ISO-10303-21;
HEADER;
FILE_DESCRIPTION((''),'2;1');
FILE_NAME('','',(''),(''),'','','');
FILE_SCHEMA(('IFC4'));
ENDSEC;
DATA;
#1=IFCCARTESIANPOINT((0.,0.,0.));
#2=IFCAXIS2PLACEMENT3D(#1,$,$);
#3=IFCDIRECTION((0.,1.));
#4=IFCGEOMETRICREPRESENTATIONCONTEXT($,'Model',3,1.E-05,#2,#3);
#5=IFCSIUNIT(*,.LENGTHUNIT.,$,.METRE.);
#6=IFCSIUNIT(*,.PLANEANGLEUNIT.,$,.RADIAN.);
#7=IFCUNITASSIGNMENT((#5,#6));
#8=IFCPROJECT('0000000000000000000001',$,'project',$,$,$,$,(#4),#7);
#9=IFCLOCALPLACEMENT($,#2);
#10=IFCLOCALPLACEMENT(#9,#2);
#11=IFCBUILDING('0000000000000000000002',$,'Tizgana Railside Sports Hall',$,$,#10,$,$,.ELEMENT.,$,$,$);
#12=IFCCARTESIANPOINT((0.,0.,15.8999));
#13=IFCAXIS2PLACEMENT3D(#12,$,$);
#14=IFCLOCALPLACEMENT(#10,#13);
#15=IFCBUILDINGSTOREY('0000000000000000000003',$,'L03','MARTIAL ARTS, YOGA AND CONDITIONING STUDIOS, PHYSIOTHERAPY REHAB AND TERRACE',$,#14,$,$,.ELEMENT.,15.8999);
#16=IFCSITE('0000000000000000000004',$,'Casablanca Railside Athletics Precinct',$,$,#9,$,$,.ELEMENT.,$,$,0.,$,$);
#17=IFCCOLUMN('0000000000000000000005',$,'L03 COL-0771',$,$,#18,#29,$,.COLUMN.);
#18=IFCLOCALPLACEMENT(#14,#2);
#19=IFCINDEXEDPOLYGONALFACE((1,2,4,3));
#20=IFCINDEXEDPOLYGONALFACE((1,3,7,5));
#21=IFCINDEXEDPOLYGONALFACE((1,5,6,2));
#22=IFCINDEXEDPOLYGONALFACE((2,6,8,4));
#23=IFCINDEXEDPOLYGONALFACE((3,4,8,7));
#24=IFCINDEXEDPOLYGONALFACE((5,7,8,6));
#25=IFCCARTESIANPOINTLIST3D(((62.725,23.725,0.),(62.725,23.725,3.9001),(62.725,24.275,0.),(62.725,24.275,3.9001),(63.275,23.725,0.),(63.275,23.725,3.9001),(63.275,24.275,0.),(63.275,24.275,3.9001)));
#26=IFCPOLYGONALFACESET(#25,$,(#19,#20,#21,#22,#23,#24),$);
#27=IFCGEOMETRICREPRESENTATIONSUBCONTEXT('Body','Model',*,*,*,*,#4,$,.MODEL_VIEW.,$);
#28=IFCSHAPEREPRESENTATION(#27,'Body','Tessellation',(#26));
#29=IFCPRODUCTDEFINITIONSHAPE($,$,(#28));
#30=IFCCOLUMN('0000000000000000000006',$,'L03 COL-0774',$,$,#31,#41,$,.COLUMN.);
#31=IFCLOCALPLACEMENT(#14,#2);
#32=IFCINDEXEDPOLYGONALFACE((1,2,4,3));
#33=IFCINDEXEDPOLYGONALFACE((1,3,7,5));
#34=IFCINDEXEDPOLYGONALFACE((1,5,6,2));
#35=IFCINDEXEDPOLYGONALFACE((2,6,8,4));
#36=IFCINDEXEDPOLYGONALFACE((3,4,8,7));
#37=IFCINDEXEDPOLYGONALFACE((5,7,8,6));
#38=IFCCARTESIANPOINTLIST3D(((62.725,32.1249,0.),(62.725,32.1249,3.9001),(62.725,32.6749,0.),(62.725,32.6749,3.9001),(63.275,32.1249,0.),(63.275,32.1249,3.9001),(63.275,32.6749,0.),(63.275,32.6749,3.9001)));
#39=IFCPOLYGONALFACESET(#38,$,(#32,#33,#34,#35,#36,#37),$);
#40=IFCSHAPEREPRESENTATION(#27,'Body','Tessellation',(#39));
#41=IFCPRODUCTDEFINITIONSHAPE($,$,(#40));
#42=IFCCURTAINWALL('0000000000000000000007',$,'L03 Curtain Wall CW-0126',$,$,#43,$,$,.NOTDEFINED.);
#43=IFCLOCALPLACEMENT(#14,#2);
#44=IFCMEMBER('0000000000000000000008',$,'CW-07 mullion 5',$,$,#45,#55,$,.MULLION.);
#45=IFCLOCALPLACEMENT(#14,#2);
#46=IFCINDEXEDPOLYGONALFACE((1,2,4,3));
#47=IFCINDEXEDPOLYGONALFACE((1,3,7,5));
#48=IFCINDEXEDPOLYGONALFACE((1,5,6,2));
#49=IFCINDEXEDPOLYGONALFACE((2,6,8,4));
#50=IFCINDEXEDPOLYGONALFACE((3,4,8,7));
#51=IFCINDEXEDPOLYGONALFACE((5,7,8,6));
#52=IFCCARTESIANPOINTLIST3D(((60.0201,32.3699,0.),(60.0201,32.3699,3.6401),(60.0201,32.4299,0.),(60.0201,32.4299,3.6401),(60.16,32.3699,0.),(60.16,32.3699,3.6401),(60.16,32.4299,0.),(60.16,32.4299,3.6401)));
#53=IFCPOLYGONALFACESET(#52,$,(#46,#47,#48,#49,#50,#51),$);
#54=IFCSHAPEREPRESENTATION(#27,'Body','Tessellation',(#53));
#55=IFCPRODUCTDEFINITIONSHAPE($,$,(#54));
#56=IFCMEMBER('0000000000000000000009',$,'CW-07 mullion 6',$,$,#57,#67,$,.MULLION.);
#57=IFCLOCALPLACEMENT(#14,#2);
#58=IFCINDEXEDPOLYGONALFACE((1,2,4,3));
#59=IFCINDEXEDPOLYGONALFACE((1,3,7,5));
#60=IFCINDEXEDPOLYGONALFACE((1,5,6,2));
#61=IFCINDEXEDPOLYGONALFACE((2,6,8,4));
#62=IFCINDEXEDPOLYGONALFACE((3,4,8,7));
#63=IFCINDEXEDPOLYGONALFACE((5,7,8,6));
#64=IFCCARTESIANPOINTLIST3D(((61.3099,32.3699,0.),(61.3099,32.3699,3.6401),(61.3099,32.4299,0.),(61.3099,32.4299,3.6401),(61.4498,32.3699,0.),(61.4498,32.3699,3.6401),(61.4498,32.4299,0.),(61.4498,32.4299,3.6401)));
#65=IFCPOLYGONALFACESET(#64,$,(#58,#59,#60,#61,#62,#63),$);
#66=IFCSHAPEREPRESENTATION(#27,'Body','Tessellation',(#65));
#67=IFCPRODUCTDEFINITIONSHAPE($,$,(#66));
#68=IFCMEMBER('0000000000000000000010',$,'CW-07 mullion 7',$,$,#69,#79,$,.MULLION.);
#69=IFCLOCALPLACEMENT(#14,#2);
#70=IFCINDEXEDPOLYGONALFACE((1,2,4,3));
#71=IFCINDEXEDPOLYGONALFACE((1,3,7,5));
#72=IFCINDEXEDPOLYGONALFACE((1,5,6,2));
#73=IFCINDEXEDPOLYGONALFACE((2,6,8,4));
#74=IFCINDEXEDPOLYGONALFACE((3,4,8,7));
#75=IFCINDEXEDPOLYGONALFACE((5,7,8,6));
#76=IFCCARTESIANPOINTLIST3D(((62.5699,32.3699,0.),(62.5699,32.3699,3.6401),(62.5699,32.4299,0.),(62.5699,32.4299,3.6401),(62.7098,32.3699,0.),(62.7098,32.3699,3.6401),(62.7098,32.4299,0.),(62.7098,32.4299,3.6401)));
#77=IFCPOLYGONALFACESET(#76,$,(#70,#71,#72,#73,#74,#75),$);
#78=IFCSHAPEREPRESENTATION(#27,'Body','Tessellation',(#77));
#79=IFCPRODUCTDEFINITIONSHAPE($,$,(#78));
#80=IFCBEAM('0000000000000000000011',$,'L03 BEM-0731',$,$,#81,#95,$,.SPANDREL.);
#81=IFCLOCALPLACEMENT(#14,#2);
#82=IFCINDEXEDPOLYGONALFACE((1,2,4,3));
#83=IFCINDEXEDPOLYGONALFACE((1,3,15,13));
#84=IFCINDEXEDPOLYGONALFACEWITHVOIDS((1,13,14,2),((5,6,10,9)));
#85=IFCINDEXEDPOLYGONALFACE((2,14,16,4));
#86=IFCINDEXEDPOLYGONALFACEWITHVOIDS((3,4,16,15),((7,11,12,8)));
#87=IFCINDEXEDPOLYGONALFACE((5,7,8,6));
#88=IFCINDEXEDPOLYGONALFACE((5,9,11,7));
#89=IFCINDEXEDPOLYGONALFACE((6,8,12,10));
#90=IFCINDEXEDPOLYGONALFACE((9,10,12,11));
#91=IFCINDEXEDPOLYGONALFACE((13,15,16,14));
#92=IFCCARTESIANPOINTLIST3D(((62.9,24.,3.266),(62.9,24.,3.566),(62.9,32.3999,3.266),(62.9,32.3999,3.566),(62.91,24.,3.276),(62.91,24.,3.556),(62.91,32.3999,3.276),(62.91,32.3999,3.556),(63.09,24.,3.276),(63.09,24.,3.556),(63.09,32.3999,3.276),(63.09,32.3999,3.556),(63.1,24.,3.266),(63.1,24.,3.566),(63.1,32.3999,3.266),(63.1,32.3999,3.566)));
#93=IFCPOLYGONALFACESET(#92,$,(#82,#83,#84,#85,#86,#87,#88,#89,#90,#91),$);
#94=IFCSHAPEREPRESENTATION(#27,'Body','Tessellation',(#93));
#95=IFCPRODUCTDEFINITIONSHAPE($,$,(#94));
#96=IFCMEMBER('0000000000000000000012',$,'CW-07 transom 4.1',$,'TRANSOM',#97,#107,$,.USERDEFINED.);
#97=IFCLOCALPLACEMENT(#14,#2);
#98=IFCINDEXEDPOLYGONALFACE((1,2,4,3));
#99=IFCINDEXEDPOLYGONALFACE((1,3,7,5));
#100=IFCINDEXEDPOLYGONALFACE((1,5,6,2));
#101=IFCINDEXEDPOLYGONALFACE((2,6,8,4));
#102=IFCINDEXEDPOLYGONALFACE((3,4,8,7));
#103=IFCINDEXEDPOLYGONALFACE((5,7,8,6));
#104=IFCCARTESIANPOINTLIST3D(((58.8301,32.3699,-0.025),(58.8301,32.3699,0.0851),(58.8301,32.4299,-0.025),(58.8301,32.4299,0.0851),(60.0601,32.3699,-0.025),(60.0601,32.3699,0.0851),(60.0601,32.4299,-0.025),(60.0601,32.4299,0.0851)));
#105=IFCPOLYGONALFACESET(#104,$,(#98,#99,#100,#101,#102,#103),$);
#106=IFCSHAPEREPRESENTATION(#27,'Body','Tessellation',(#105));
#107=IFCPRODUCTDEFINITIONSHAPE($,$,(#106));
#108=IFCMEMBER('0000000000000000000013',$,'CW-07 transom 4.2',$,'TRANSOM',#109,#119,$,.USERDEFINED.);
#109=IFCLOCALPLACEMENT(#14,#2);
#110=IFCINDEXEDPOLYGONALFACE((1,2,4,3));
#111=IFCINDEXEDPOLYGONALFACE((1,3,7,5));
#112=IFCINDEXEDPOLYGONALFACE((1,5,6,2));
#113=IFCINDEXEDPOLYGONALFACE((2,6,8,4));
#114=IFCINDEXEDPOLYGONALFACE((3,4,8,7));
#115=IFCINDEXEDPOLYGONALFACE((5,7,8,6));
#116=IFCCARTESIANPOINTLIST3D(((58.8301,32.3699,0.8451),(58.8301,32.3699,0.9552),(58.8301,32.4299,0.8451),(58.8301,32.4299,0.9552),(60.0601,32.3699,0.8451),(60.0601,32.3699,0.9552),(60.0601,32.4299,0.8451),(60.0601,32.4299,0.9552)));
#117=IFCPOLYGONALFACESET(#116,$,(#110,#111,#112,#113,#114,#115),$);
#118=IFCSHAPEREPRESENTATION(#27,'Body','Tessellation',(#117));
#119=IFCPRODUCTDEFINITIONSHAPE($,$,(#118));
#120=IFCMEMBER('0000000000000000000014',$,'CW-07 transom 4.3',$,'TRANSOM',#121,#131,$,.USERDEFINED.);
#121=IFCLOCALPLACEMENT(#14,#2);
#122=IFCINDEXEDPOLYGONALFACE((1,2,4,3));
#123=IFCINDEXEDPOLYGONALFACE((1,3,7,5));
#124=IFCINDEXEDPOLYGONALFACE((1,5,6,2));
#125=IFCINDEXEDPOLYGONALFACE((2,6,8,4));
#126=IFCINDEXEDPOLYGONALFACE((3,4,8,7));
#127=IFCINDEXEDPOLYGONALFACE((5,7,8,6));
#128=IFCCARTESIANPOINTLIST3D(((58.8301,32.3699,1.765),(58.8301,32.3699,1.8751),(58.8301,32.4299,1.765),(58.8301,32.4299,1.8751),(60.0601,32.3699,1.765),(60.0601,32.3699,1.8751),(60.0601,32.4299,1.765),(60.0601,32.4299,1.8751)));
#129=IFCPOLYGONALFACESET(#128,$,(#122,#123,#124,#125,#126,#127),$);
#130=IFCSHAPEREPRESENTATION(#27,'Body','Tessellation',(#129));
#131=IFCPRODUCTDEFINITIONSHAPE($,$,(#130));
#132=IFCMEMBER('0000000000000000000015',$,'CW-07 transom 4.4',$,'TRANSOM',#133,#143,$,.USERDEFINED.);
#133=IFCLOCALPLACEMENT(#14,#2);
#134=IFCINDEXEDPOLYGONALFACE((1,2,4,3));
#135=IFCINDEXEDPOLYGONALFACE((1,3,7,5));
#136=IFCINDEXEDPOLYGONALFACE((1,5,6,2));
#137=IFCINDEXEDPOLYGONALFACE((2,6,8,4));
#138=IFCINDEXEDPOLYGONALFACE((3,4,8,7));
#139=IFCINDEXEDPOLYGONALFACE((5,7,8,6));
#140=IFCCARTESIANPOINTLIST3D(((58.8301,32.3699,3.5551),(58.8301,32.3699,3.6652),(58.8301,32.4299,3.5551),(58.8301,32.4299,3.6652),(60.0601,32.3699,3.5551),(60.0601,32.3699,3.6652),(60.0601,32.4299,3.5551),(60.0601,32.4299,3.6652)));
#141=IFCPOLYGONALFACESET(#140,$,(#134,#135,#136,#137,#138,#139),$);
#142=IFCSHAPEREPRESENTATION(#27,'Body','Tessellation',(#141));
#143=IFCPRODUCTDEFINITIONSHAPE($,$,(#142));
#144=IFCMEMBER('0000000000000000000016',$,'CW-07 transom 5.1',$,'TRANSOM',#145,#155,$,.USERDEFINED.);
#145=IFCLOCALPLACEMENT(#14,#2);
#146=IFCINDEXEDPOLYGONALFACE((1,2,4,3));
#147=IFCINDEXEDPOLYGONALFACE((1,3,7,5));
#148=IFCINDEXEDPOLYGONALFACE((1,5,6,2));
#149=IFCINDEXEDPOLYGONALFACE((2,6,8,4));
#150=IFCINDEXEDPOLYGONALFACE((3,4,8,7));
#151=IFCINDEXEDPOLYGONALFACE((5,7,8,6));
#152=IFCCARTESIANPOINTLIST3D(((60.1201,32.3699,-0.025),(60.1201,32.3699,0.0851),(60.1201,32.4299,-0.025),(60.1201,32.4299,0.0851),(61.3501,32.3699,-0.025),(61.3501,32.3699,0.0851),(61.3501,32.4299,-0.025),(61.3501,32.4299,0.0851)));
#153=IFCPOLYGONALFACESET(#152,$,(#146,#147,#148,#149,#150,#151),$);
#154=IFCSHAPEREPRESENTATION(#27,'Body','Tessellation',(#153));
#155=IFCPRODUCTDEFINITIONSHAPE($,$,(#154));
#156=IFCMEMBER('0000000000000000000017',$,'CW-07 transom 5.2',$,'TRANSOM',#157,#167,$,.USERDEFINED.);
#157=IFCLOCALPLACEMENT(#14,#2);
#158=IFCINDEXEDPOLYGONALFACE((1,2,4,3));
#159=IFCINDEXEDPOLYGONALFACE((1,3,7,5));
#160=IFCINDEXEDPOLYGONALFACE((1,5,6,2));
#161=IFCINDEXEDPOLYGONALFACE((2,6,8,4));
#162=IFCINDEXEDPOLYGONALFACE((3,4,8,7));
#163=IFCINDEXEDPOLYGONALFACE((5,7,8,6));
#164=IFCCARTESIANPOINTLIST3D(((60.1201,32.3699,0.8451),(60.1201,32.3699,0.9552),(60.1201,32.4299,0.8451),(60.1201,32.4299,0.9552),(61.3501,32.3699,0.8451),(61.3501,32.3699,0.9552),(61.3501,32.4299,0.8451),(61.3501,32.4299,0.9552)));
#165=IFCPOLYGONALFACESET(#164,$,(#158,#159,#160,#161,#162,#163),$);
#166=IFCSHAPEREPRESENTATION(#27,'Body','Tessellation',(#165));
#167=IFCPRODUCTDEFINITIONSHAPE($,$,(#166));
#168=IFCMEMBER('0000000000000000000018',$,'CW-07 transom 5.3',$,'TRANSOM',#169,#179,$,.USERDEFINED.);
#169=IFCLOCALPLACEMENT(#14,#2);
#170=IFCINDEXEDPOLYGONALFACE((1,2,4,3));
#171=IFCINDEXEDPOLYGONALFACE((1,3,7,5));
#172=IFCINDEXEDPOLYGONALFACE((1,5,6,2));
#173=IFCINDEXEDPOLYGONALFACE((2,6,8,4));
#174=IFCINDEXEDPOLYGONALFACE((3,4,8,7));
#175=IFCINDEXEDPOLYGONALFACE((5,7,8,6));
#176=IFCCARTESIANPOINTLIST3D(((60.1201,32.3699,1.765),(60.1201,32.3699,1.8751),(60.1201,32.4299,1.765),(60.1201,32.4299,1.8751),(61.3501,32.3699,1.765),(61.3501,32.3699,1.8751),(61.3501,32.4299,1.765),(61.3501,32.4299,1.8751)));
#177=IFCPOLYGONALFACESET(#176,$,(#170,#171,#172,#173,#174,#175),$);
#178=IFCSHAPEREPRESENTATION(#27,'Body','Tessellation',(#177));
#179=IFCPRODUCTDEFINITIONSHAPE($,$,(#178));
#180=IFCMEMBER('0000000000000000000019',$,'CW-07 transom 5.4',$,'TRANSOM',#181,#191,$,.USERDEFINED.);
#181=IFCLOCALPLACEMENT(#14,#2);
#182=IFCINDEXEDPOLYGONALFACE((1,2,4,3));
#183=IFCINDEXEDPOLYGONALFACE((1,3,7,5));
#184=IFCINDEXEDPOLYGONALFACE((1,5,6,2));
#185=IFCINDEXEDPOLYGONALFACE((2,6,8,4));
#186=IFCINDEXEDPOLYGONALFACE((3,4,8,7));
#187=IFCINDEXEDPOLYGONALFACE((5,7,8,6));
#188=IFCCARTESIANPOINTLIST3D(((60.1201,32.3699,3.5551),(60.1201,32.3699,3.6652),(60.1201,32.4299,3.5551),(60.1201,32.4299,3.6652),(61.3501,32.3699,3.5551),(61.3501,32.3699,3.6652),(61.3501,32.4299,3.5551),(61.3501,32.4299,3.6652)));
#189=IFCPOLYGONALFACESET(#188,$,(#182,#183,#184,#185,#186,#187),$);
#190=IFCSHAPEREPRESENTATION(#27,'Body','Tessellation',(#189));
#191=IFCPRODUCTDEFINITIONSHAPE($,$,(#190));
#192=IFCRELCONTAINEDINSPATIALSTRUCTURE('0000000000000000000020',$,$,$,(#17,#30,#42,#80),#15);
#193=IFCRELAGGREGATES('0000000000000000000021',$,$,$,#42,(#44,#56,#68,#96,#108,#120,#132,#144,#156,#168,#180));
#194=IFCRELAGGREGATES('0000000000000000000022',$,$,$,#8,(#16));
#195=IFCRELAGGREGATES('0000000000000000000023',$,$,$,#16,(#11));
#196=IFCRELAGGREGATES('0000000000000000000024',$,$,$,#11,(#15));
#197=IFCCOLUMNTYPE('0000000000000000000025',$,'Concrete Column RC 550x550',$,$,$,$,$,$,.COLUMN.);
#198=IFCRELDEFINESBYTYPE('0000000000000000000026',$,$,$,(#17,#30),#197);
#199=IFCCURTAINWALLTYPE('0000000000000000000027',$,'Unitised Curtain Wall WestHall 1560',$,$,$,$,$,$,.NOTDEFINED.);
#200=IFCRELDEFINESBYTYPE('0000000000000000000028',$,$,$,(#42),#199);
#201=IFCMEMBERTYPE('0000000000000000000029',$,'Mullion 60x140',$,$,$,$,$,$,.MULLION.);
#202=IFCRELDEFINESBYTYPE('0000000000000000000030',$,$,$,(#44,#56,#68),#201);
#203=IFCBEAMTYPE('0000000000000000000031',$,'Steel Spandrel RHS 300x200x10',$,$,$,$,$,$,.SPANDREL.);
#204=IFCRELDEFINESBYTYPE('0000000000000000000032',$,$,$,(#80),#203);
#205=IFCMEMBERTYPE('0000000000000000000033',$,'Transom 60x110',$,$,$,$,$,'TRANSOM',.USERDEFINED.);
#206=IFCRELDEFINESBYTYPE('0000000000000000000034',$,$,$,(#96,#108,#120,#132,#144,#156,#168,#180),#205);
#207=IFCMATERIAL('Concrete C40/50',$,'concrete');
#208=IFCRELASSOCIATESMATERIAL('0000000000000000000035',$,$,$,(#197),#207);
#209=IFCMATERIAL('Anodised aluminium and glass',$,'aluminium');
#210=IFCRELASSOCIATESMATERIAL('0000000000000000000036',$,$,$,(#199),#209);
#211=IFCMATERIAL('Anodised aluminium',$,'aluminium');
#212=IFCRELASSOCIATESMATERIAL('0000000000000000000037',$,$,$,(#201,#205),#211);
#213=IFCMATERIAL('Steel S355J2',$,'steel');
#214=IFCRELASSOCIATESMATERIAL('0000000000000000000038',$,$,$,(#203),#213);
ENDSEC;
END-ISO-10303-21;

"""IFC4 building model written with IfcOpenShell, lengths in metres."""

from ifc_helpers import new_model, si_unit, direction, frame, origin, origin_2d, place, context, subcontext, project, spatial, rectangle, hollow_rectangle, extrude, material, material_profile, profile_set, type_object, element, aggregate, save


model = new_model("IFC4")

# Units and contexts
model_context = context("Model", 3, precision=1e-05, world=origin(), true_north=direction((0.0, 1.0)))
body_context = subcontext(model_context, "Body", "Model", "MODEL_VIEW")
ifc_project = project(units=[si_unit("LENGTHUNIT", "METRE"), si_unit("PLANEANGLEUNIT", "RADIAN")], contexts=[model_context])

# Site, building, storey
site_placement = place(None, origin())
site = spatial("IfcSite", under=ifc_project, at=site_placement, Name="Casablanca Railside Athletics Precinct", CompositionType="ELEMENT", RefElevation=0.0)
building_placement = place(site_placement, origin())
building = spatial("IfcBuilding", under=site, at=building_placement, Name="Tizgana Railside Sports Hall", CompositionType="ELEMENT")
storey_placement = place(building_placement, frame((0.0, 0.0, 15.8999)))
storey = spatial("IfcBuildingStorey", under=building, at=storey_placement, Name="L03", Description="MARTIAL ARTS, YOGA AND CONDITIONING STUDIOS, PHYSIOTHERAPY REHAB AND TERRACE", CompositionType="ELEMENT", Elevation=15.8999)

# Columns
ifc_material_1 = material(Name="Concrete C40/50", Category="concrete")
ifc_material_profile_1 = material_profile(ifc_material_1, rectangle(XDim=0.55, YDim=0.55, at=origin_2d()), Name="RC 550x550")
ifc_profile_set_1 = profile_set([ifc_material_profile_1], Name="Concrete C40/50")
column_type = type_object("IfcColumnType", Name="Concrete Column RC 550x550", PredefinedType="COLUMN", material=ifc_profile_set_1)
for number, where, z_axis, x_axis, name in (
    (1, (63.0, 24.0, 0.0), (0.0, 0.0, 1.0), (1.0, 0.0, 0.0), "L03 COL-0771"),
    (2, (63.0, 32.3999, 0.0), (0.0, 0.0, 1.0), (1.0, 0.0, 0.0), "L03 COL-0774"),
):
    element("IfcColumn", number, at=place(storey_placement, frame(where, z_axis=z_axis, x_axis=x_axis)), inside=storey, type_object=column_type, Name=name, PredefinedType="COLUMN", context=body_context, shape_type="SweptSolid", body=[
        extrude(rectangle(XDim=0.55, YDim=0.55, at=origin_2d()), origin(), (0.0, 0.0, 1.0), 3.9001),
    ])

# Curtain wall, members
ifc_material_2 = material(Name="Anodised aluminium and glass", Category="aluminium")
curtain_wall_type = type_object("IfcCurtainWallType", Name="Unitised Curtain Wall WestHall 1560", PredefinedType="NOTDEFINED", material=ifc_material_2)
curtain_wall_placement = place(storey_placement, origin())
curtain_wall = element("IfcCurtainWall", 3, at=curtain_wall_placement, inside=storey, type_object=curtain_wall_type, Name="L03 Curtain Wall CW-0126", PredefinedType="NOTDEFINED")
ifc_material_3 = material(Name="Anodised aluminium", Category="aluminium")
ifc_material_profile_2 = material_profile(ifc_material_3, rectangle(XDim=0.0601, YDim=0.1399, at=origin_2d()), Name="Mullion 60x140")
ifc_profile_set_2 = profile_set([ifc_material_profile_2], Name="Anodised aluminium")
member_type_1 = type_object("IfcMemberType", Name="Mullion 60x140", PredefinedType="MULLION", material=ifc_profile_set_2)
member_1_placement = place(storey_placement, frame((60.0901, 32.3999, 0.0), z_axis=(0.0, 0.0, 1.0), x_axis=(0.0, 1.0, 0.0)))
member_1 = element("IfcMember", 4, at=member_1_placement, type_object=member_type_1, Name="CW-07 mullion 5", PredefinedType="MULLION", context=body_context, shape_type="SweptSolid", body=[
    extrude(rectangle(XDim=0.0601, YDim=0.1399, at=origin_2d()), origin(), (0.0, 0.0, 1.0), 3.6401),
])
member_2_placement = place(storey_placement, frame((61.3799, 32.3999, 0.0), z_axis=(0.0, 0.0, 1.0), x_axis=(0.0, 1.0, 0.0)))
member_2 = element("IfcMember", 5, at=member_2_placement, type_object=member_type_1, Name="CW-07 mullion 6", PredefinedType="MULLION", context=body_context, shape_type="SweptSolid", body=[
    extrude(rectangle(XDim=0.0601, YDim=0.1399, at=origin_2d()), origin(), (0.0, 0.0, 1.0), 3.6401),
])
member_3_placement = place(storey_placement, frame((62.6399, 32.3999, 0.0), z_axis=(0.0, 0.0, 1.0), x_axis=(0.0, 1.0, 0.0)))
member_3 = element("IfcMember", 6, at=member_3_placement, type_object=member_type_1, Name="CW-07 mullion 7", PredefinedType="MULLION", context=body_context, shape_type="SweptSolid", body=[
    extrude(rectangle(XDim=0.0601, YDim=0.1399, at=origin_2d()), origin(), (0.0, 0.0, 1.0), 3.6401),
])

# Beam
ifc_material_4 = material(Name="Steel S355J2", Category="steel")
ifc_material_profile_3 = material_profile(ifc_material_4, hollow_rectangle(XDim=0.2, YDim=0.3, WallThickness=0.01, at=origin_2d()), Name="RHS 300x200x10")
ifc_profile_set_3 = profile_set([ifc_material_profile_3], Name="Steel S355J2")
beam_type = type_object("IfcBeamType", Name="Steel Spandrel RHS 300x200x10", PredefinedType="SPANDREL", material=ifc_profile_set_3)
beam_placement = place(storey_placement, frame((63.0, 24.0, 3.416), z_axis=(0.0, 1.0, 0.0), x_axis=(-1.0, 0.0, 0.0)))
element("IfcBeam", 7, at=beam_placement, inside=storey, type_object=beam_type, Name="L03 BEM-0731", PredefinedType="SPANDREL", context=body_context, shape_type="SweptSolid", body=[
    extrude(hollow_rectangle(XDim=0.2, YDim=0.3, WallThickness=0.01, at=origin_2d()), origin(), (0.0, 0.0, 1.0), 8.3999),
])

# Members
ifc_material_profile_4 = material_profile(ifc_material_3, rectangle(XDim=0.0601, YDim=0.1101, at=origin_2d()), Name="Transom 60x110")
ifc_profile_set_4 = profile_set([ifc_material_profile_4], Name="Anodised aluminium")
member_type_2 = type_object("IfcMemberType", Name="Transom 60x110", ElementType="TRANSOM", PredefinedType="USERDEFINED", material=ifc_profile_set_4)
member_4_placement = place(storey_placement, frame((58.8301, 32.3999, 0.03), z_axis=(1.0, 0.0, 0.0), x_axis=(0.0, 1.0, 0.0)))
member_4 = element("IfcMember", 8, at=member_4_placement, type_object=member_type_2, Name="CW-07 transom 4.1", ObjectType="TRANSOM", PredefinedType="USERDEFINED", context=body_context, shape_type="SweptSolid", body=[
    extrude(rectangle(XDim=0.0601, YDim=0.1101, at=origin_2d()), origin(), (0.0, 0.0, 1.0), 1.23),
])
member_5_placement = place(storey_placement, frame((58.8301, 32.3999, 0.9001), z_axis=(1.0, 0.0, 0.0), x_axis=(0.0, 1.0, 0.0)))
member_5 = element("IfcMember", 9, at=member_5_placement, type_object=member_type_2, Name="CW-07 transom 4.2", ObjectType="TRANSOM", PredefinedType="USERDEFINED", context=body_context, shape_type="SweptSolid", body=[
    extrude(rectangle(XDim=0.0601, YDim=0.1101, at=origin_2d()), origin(), (0.0, 0.0, 1.0), 1.23),
])
member_6_placement = place(storey_placement, frame((58.8301, 32.3999, 1.8201), z_axis=(1.0, 0.0, 0.0), x_axis=(0.0, 1.0, 0.0)))
member_6 = element("IfcMember", 10, at=member_6_placement, type_object=member_type_2, Name="CW-07 transom 4.3", ObjectType="TRANSOM", PredefinedType="USERDEFINED", context=body_context, shape_type="SweptSolid", body=[
    extrude(rectangle(XDim=0.0601, YDim=0.1101, at=origin_2d()), origin(), (0.0, 0.0, 1.0), 1.23),
])
member_7_placement = place(storey_placement, frame((58.8301, 32.3999, 3.6101), z_axis=(1.0, 0.0, 0.0), x_axis=(0.0, 1.0, 0.0)))
member_7 = element("IfcMember", 11, at=member_7_placement, type_object=member_type_2, Name="CW-07 transom 4.4", ObjectType="TRANSOM", PredefinedType="USERDEFINED", context=body_context, shape_type="SweptSolid", body=[
    extrude(rectangle(XDim=0.0601, YDim=0.1101, at=origin_2d()), origin(), (0.0, 0.0, 1.0), 1.23),
])
member_8_placement = place(storey_placement, frame((60.1201, 32.3999, 0.03), z_axis=(1.0, 0.0, 0.0), x_axis=(0.0, 1.0, 0.0)))
member_8 = element("IfcMember", 12, at=member_8_placement, type_object=member_type_2, Name="CW-07 transom 5.1", ObjectType="TRANSOM", PredefinedType="USERDEFINED", context=body_context, shape_type="SweptSolid", body=[
    extrude(rectangle(XDim=0.0601, YDim=0.1101, at=origin_2d()), origin(), (0.0, 0.0, 1.0), 1.23),
])
member_9_placement = place(storey_placement, frame((60.1201, 32.3999, 0.9001), z_axis=(1.0, 0.0, 0.0), x_axis=(0.0, 1.0, 0.0)))
member_9 = element("IfcMember", 13, at=member_9_placement, type_object=member_type_2, Name="CW-07 transom 5.2", ObjectType="TRANSOM", PredefinedType="USERDEFINED", context=body_context, shape_type="SweptSolid", body=[
    extrude(rectangle(XDim=0.0601, YDim=0.1101, at=origin_2d()), origin(), (0.0, 0.0, 1.0), 1.23),
])
member_10_placement = place(storey_placement, frame((60.1201, 32.3999, 1.8201), z_axis=(1.0, 0.0, 0.0), x_axis=(0.0, 1.0, 0.0)))
member_10 = element("IfcMember", 14, at=member_10_placement, type_object=member_type_2, Name="CW-07 transom 5.3", ObjectType="TRANSOM", PredefinedType="USERDEFINED", context=body_context, shape_type="SweptSolid", body=[
    extrude(rectangle(XDim=0.0601, YDim=0.1101, at=origin_2d()), origin(), (0.0, 0.0, 1.0), 1.23),
])
member_11_placement = place(storey_placement, frame((60.1201, 32.3999, 3.6101), z_axis=(1.0, 0.0, 0.0), x_axis=(0.0, 1.0, 0.0)))
member_11 = element("IfcMember", 15, at=member_11_placement, type_object=member_type_2, Name="CW-07 transom 5.4", ObjectType="TRANSOM", PredefinedType="USERDEFINED", context=body_context, shape_type="SweptSolid", body=[
    extrude(rectangle(XDim=0.0601, YDim=0.1101, at=origin_2d()), origin(), (0.0, 0.0, 1.0), 1.23),
])

aggregate(curtain_wall, [member_1, member_2, member_3, member_4, member_5, member_6, member_7, member_8, member_9, member_10, member_11])

save(model, "model.ifc")
